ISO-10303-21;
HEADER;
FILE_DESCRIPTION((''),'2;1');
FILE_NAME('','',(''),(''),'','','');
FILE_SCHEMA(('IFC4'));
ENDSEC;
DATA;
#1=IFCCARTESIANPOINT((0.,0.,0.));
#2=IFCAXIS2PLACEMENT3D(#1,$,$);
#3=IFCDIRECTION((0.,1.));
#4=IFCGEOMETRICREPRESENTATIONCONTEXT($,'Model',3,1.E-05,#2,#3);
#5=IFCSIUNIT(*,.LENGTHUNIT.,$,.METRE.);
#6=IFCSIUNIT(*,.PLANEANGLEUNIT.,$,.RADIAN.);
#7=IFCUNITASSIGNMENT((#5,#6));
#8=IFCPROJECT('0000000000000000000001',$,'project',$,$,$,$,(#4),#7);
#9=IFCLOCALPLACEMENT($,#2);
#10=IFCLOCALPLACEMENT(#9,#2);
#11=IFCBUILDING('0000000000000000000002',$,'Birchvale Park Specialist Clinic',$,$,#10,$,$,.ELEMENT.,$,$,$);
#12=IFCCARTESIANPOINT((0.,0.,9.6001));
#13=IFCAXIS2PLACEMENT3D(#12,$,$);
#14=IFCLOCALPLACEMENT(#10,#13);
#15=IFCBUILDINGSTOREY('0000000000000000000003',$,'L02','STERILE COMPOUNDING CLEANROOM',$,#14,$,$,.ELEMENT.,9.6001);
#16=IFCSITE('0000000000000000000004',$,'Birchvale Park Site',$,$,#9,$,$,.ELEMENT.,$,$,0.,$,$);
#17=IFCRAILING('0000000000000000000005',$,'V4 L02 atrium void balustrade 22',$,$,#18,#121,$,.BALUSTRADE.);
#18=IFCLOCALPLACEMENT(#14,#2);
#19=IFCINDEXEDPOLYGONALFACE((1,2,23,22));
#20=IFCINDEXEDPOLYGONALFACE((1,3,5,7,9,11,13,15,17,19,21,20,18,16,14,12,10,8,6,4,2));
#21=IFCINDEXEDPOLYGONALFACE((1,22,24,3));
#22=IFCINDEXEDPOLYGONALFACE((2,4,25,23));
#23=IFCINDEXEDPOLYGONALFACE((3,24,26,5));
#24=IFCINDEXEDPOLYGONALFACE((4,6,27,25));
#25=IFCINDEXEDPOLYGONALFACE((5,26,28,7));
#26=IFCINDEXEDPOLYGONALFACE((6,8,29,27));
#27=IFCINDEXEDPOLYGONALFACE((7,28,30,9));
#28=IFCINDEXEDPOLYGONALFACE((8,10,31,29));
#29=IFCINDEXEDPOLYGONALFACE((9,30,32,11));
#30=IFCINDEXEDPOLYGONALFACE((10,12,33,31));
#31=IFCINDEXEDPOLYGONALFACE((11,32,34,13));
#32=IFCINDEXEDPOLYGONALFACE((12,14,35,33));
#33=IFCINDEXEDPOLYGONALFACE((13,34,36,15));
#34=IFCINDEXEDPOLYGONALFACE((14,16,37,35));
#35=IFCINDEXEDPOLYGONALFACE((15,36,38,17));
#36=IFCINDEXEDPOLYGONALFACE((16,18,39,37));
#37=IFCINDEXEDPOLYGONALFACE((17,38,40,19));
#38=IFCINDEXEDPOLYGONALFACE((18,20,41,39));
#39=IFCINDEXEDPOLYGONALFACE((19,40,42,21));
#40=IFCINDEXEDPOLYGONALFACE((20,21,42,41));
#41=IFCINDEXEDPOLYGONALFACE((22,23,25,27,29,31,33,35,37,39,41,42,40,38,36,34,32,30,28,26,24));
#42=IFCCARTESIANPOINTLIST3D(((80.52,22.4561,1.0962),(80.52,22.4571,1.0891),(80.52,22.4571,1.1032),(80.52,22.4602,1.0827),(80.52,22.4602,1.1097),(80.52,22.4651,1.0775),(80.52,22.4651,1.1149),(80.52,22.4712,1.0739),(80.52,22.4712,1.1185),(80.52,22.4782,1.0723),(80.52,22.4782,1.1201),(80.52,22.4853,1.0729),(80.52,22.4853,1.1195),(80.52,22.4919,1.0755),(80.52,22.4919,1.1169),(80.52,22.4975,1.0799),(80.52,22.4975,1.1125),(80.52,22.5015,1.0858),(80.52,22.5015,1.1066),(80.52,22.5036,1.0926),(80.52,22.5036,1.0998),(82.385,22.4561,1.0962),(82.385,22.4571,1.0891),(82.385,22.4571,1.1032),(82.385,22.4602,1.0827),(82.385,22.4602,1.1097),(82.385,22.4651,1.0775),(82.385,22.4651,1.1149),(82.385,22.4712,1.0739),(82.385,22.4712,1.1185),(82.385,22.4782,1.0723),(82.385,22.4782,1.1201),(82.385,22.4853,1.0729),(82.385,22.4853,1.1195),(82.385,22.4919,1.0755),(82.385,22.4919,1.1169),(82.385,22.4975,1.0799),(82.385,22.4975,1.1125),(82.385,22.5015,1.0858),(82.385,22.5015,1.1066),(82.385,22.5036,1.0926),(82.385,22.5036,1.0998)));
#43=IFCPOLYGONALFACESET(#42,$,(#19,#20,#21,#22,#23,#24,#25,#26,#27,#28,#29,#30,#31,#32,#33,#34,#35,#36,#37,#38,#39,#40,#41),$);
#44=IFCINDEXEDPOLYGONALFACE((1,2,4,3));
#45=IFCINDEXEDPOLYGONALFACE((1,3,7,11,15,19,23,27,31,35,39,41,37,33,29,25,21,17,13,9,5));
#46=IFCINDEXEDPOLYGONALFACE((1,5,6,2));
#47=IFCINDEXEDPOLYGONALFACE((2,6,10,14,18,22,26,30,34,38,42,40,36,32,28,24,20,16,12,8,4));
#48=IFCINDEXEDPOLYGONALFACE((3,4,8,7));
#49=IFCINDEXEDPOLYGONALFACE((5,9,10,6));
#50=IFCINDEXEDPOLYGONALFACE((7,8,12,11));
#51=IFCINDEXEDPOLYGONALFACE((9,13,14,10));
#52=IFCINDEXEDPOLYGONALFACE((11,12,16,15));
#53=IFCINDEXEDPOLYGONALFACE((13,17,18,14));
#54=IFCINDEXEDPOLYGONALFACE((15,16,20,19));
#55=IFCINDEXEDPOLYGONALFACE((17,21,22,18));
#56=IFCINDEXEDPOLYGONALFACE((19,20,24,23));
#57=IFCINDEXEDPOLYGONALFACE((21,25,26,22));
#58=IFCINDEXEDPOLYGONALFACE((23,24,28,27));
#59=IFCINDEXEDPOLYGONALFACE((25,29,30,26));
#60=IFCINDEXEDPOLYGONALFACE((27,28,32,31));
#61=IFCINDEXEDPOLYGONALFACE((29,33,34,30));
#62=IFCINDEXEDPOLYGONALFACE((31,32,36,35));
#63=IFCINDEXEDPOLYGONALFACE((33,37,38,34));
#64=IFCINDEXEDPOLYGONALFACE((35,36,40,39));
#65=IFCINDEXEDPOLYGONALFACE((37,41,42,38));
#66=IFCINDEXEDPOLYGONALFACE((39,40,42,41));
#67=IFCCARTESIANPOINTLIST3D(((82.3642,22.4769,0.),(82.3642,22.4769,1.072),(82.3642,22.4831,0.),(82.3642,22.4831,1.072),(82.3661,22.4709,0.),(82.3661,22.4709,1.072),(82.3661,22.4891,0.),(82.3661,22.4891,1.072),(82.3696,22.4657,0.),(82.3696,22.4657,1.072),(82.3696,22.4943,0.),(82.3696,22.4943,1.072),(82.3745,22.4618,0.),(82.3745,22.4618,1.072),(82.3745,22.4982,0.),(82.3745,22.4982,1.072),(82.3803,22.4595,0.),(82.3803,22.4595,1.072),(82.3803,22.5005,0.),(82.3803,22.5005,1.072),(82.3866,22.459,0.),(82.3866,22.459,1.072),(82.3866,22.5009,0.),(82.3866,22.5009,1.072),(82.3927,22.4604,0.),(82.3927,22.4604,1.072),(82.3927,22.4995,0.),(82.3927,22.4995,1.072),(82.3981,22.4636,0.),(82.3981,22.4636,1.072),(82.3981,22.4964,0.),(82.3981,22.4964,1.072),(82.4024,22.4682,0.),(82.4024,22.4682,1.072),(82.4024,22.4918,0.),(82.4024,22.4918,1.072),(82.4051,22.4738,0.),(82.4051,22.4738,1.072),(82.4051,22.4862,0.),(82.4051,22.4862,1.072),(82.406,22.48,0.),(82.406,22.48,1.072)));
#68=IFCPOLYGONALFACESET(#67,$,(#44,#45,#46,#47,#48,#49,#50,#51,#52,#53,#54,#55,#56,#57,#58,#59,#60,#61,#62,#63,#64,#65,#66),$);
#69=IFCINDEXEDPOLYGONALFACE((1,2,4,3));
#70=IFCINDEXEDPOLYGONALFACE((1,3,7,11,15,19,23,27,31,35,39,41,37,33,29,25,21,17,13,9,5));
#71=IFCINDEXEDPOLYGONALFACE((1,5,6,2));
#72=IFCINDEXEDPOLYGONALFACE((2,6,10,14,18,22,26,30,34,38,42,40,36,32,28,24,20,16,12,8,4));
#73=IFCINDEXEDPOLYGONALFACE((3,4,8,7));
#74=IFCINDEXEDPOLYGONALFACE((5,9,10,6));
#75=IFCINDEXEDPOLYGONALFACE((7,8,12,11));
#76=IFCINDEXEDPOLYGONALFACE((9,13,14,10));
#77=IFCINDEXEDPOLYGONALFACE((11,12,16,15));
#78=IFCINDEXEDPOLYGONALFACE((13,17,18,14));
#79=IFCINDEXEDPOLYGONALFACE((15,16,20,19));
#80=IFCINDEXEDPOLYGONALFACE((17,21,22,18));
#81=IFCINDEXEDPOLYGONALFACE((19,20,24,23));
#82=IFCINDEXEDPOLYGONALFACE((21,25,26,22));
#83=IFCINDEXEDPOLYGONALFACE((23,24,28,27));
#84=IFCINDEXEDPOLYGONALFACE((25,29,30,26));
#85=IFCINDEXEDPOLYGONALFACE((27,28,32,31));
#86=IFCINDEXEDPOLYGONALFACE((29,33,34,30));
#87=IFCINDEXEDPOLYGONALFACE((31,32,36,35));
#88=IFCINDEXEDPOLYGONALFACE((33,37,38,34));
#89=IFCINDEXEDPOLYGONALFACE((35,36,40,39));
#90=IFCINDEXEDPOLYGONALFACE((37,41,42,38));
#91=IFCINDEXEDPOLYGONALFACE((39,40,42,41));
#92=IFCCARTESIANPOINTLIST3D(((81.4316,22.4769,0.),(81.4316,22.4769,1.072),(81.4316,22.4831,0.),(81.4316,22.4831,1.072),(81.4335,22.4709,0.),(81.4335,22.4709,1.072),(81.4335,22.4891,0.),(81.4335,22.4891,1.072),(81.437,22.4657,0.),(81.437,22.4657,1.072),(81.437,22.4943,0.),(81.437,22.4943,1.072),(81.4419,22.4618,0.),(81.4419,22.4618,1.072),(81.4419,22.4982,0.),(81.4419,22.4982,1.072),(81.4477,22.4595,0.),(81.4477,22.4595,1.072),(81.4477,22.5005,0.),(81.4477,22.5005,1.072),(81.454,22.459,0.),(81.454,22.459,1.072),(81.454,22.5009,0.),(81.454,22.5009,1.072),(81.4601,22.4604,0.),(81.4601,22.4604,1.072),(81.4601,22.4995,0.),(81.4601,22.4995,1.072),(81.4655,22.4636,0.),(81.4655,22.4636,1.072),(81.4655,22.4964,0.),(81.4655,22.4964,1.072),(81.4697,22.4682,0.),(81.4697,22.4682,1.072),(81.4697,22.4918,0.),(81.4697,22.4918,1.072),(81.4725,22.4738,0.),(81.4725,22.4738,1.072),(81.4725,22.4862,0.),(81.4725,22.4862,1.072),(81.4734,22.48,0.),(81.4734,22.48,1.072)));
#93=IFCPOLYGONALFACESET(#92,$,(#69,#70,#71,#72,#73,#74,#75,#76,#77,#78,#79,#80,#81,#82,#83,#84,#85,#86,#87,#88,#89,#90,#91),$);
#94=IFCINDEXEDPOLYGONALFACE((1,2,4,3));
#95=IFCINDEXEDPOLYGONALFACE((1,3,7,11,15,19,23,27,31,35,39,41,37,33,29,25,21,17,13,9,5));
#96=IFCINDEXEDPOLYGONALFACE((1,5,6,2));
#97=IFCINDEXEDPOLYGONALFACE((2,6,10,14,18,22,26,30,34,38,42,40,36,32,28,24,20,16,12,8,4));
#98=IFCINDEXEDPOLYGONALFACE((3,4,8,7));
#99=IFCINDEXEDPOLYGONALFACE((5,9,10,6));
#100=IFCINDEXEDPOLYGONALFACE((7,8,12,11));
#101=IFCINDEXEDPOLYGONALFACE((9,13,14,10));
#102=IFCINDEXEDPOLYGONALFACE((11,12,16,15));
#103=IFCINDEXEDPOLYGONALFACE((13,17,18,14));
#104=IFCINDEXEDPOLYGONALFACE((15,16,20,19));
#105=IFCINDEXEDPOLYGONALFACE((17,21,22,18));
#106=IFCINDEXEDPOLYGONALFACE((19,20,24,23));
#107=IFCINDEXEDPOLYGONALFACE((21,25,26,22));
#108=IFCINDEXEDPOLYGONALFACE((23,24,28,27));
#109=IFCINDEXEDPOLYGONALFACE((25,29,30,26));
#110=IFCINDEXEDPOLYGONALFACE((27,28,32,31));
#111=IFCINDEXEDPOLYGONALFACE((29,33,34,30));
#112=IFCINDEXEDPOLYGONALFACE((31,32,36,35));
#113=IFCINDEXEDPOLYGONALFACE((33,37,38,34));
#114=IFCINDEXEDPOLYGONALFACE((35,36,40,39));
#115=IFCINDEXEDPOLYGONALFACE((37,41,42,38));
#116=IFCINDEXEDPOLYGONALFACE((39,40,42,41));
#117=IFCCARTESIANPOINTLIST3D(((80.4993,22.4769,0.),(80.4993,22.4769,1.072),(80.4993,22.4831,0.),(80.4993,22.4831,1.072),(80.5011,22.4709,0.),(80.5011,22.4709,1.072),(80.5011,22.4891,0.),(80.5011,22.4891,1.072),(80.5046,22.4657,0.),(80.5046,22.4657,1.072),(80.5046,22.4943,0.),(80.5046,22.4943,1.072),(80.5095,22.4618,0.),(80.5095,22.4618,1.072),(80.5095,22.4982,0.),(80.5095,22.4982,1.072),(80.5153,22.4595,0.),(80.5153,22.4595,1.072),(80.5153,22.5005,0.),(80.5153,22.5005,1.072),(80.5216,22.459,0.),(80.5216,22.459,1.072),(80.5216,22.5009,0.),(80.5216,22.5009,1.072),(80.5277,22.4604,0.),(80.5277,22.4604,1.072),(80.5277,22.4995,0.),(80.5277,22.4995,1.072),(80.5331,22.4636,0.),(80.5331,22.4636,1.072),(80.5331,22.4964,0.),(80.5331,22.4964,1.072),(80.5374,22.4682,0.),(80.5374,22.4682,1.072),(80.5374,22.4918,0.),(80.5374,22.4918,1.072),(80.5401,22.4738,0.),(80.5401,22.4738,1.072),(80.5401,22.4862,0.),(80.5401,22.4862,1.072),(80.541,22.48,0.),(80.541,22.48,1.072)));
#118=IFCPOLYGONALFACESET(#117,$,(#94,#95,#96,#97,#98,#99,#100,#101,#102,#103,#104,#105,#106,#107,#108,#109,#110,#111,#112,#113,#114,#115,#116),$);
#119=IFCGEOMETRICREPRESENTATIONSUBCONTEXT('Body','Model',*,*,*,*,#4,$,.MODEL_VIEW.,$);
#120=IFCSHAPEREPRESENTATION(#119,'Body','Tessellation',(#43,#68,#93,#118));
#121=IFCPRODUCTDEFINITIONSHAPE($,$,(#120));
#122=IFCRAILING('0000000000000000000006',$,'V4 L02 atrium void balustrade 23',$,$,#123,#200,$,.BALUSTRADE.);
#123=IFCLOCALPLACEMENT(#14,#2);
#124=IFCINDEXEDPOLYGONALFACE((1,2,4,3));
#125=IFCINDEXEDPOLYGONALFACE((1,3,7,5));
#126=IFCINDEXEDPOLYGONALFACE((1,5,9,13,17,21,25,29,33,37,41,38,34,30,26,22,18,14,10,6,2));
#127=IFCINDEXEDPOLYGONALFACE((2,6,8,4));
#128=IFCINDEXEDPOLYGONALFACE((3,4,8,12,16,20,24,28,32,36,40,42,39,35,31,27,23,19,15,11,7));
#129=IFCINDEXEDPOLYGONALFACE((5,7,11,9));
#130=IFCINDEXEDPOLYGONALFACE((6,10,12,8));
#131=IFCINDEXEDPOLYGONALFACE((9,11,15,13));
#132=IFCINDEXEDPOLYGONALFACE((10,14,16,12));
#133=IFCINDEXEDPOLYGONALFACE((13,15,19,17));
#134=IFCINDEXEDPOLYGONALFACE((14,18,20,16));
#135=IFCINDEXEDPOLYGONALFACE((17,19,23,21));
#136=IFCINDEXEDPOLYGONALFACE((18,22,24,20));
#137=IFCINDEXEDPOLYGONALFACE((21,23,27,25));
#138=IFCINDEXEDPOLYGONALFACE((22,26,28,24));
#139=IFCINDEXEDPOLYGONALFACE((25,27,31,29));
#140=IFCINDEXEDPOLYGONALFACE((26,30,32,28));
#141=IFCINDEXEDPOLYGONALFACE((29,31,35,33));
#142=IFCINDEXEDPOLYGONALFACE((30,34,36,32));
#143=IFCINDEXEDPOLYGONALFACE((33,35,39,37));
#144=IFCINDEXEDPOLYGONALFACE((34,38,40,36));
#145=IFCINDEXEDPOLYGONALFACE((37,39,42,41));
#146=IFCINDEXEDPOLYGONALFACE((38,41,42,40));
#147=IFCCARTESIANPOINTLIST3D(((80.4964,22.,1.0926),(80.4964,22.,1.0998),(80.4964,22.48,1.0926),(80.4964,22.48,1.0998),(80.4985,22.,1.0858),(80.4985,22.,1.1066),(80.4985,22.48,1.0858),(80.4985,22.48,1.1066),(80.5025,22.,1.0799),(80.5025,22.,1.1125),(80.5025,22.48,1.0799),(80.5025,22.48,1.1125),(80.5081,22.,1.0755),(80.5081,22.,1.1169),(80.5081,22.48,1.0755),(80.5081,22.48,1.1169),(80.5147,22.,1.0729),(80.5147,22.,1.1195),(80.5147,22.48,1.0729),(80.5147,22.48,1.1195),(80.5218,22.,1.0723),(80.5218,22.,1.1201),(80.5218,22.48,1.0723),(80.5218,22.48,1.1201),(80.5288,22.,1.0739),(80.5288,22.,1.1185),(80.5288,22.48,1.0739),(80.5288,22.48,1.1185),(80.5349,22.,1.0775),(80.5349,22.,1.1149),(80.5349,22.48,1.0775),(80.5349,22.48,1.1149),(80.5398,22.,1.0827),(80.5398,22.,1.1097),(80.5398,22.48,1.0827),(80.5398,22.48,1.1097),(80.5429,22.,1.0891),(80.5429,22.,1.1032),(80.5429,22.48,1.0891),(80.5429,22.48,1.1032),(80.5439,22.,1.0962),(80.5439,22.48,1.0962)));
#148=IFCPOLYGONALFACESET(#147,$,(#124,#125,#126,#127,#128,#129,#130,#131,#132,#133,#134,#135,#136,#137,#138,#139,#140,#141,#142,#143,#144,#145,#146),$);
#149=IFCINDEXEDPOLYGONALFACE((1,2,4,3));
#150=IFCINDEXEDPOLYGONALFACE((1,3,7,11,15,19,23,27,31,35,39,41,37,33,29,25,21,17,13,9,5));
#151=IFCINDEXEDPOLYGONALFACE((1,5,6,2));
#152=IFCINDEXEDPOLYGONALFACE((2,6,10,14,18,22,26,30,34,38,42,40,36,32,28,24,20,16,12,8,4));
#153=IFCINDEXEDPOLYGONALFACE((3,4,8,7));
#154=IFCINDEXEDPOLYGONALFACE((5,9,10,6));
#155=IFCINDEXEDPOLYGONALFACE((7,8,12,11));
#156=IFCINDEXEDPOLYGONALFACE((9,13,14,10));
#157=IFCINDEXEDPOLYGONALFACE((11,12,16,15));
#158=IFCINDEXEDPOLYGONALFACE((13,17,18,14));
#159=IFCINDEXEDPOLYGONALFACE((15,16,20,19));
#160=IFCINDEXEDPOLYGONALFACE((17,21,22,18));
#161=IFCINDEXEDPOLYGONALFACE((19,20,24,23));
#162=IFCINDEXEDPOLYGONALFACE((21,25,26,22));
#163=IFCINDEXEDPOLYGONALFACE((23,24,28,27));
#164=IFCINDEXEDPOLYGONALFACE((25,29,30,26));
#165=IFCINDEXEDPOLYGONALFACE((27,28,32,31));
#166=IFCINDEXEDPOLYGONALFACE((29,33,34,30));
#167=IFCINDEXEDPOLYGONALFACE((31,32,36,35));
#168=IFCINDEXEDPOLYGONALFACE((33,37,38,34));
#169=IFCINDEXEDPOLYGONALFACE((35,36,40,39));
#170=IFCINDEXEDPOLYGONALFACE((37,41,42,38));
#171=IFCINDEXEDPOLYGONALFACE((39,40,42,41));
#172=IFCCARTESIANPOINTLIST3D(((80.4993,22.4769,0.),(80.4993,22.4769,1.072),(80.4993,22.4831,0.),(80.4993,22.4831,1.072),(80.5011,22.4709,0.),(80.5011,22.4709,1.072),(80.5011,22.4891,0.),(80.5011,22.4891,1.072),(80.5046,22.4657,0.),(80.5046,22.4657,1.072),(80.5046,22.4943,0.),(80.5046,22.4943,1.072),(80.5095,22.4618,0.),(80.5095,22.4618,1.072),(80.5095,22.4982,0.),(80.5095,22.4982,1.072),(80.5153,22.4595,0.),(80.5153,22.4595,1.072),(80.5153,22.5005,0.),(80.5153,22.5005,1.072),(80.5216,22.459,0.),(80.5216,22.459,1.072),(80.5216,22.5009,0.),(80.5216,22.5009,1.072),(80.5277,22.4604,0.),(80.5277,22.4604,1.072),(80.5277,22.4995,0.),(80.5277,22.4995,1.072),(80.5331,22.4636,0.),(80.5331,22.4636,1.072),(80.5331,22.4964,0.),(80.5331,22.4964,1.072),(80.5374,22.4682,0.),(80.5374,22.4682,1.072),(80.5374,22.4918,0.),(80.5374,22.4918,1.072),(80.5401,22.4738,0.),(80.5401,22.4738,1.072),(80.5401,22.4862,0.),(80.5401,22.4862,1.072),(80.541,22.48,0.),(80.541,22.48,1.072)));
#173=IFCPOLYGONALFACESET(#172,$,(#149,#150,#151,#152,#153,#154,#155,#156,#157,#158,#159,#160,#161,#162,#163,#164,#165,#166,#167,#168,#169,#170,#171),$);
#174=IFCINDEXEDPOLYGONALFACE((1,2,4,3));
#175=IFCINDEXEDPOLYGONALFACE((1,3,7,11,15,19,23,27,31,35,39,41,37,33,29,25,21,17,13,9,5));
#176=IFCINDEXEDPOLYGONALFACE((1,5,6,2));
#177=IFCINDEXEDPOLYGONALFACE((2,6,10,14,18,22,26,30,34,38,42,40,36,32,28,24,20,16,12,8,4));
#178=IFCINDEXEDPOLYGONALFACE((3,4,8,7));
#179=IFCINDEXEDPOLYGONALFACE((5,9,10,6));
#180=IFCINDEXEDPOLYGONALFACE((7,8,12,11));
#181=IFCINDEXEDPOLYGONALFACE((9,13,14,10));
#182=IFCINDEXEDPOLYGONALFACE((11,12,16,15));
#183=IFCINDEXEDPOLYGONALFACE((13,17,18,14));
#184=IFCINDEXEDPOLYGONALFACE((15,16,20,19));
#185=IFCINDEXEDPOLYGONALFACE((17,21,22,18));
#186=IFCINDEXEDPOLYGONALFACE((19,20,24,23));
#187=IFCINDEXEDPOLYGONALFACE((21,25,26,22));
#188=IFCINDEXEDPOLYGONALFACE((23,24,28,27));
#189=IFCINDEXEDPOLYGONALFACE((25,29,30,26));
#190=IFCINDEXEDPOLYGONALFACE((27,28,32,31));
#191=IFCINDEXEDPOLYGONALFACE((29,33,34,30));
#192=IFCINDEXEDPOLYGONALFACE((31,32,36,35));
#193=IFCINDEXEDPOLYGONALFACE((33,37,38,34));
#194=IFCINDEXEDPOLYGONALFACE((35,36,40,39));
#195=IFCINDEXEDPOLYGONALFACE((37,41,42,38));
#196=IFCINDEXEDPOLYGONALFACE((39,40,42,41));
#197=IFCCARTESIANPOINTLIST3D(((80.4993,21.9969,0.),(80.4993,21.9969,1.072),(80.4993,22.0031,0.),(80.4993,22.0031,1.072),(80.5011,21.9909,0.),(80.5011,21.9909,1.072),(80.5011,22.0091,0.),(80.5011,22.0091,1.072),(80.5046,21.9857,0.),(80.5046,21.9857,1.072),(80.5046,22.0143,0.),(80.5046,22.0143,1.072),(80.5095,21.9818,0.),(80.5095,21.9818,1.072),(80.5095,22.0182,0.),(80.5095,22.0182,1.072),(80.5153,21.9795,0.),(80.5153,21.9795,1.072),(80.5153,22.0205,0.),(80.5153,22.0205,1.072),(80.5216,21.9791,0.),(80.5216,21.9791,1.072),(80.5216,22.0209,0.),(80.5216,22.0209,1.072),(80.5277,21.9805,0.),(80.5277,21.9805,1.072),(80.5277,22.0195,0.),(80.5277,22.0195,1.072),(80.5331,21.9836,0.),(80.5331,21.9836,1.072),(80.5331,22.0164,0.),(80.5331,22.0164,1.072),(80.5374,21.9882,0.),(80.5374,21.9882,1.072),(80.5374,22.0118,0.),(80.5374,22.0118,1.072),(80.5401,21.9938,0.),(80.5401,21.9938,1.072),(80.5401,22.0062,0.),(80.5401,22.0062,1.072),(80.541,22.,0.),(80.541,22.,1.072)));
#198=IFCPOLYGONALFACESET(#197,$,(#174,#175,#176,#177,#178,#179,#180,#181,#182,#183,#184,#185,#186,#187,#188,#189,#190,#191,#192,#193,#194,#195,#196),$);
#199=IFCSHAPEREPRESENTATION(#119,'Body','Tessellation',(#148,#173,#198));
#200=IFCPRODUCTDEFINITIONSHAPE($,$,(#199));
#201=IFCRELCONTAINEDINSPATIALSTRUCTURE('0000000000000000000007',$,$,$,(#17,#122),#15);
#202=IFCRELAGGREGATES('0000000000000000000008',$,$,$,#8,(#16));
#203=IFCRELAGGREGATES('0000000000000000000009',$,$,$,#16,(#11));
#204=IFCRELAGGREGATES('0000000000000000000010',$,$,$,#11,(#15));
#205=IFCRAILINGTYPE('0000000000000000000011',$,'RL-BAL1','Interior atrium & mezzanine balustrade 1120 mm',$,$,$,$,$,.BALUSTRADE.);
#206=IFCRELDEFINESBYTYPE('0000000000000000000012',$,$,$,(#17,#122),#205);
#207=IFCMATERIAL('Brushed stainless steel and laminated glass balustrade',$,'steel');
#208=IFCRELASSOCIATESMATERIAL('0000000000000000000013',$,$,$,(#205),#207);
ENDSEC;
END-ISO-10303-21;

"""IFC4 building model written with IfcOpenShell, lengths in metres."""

from ifc_helpers import new_model, si_unit, direction, frame, origin, origin_2d, place, context, subcontext, project, spatial, circle, extrude, material, type_object, element, save


model = new_model("IFC4")

# Units and contexts
model_context = context("Model", 3, precision=1e-05, world=origin(), true_north=direction((0.0, 1.0)))
body_context = subcontext(model_context, "Body", "Model", "MODEL_VIEW")
ifc_project = project(units=[si_unit("LENGTHUNIT", "METRE"), si_unit("PLANEANGLEUNIT", "RADIAN")], contexts=[model_context])

# Site, building, storey
site_placement = place(None, origin())
site = spatial("IfcSite", under=ifc_project, at=site_placement, Name="Birchvale Park Site", CompositionType="ELEMENT", RefElevation=0.0)
building_placement = place(site_placement, origin())
building = spatial("IfcBuilding", under=site, at=building_placement, Name="Birchvale Park Specialist Clinic", CompositionType="ELEMENT")
storey_placement = place(building_placement, frame((0.0, 0.0, 9.6001)))
storey = spatial("IfcBuildingStorey", under=building, at=storey_placement, Name="L02", Description="STERILE COMPOUNDING CLEANROOM", CompositionType="ELEMENT", Elevation=9.6001)

# Railings
ifc_material_1 = material(Name="Brushed stainless steel and laminated glass balustrade", Category="steel")
railing_type = type_object("IfcRailingType", Name="RL-BAL1", Description="Interior atrium & mezzanine balustrade 1120 mm", PredefinedType="BALUSTRADE", material=ifc_material_1)
railing_1_placement = place(storey_placement, frame((82.385, 22.48, 0.0)))
element("IfcRailing", 1, at=railing_1_placement, inside=storey, type_object=railing_type, Name="V4 L02 atrium void balustrade 22", PredefinedType="BALUSTRADE", context=body_context, shape_type="SweptSolid", body=[
    extrude(circle(Radius=0.0239, at=origin_2d()), frame((0.0, 0.0, 1.0962), z_axis=(-1.0, 0.0, 0.0), x_axis=(0.0, -1.0, 0.0)), (0.0, 0.0, 1.0), 1.865),
    extrude(circle(Radius=0.021, at=origin_2d()), origin(), (0.0, 0.0, 1.0), 1.072),
    extrude(circle(Radius=0.021, at=origin_2d()), frame((-0.9326, 0.0, 0.0)), (0.0, 0.0, 1.0), 1.072),
    extrude(circle(Radius=0.021, at=origin_2d()), frame((-1.865, 0.0, 0.0)), (0.0, 0.0, 1.0), 1.072),
])
railing_2_placement = place(storey_placement, frame((80.52, 22.48, 0.0)))
element("IfcRailing", 2, at=railing_2_placement, inside=storey, type_object=railing_type, Name="V4 L02 atrium void balustrade 23", PredefinedType="BALUSTRADE", context=body_context, shape_type="SweptSolid", body=[
    extrude(circle(Radius=0.0239, at=origin_2d()), frame((0.0, 0.0, 1.0962), z_axis=(0.0, -1.0, 0.0), x_axis=(1.0, 0.0, 0.0)), (0.0, 0.0, 1.0), 0.48),
    extrude(circle(Radius=0.021, at=origin_2d()), origin(), (0.0, 0.0, 1.0), 1.072),
    extrude(circle(Radius=0.021, at=origin_2d()), frame((0.0, -0.48, 0.0)), (0.0, 0.0, 1.0), 1.072),
])

save(model, "model.ifc")
